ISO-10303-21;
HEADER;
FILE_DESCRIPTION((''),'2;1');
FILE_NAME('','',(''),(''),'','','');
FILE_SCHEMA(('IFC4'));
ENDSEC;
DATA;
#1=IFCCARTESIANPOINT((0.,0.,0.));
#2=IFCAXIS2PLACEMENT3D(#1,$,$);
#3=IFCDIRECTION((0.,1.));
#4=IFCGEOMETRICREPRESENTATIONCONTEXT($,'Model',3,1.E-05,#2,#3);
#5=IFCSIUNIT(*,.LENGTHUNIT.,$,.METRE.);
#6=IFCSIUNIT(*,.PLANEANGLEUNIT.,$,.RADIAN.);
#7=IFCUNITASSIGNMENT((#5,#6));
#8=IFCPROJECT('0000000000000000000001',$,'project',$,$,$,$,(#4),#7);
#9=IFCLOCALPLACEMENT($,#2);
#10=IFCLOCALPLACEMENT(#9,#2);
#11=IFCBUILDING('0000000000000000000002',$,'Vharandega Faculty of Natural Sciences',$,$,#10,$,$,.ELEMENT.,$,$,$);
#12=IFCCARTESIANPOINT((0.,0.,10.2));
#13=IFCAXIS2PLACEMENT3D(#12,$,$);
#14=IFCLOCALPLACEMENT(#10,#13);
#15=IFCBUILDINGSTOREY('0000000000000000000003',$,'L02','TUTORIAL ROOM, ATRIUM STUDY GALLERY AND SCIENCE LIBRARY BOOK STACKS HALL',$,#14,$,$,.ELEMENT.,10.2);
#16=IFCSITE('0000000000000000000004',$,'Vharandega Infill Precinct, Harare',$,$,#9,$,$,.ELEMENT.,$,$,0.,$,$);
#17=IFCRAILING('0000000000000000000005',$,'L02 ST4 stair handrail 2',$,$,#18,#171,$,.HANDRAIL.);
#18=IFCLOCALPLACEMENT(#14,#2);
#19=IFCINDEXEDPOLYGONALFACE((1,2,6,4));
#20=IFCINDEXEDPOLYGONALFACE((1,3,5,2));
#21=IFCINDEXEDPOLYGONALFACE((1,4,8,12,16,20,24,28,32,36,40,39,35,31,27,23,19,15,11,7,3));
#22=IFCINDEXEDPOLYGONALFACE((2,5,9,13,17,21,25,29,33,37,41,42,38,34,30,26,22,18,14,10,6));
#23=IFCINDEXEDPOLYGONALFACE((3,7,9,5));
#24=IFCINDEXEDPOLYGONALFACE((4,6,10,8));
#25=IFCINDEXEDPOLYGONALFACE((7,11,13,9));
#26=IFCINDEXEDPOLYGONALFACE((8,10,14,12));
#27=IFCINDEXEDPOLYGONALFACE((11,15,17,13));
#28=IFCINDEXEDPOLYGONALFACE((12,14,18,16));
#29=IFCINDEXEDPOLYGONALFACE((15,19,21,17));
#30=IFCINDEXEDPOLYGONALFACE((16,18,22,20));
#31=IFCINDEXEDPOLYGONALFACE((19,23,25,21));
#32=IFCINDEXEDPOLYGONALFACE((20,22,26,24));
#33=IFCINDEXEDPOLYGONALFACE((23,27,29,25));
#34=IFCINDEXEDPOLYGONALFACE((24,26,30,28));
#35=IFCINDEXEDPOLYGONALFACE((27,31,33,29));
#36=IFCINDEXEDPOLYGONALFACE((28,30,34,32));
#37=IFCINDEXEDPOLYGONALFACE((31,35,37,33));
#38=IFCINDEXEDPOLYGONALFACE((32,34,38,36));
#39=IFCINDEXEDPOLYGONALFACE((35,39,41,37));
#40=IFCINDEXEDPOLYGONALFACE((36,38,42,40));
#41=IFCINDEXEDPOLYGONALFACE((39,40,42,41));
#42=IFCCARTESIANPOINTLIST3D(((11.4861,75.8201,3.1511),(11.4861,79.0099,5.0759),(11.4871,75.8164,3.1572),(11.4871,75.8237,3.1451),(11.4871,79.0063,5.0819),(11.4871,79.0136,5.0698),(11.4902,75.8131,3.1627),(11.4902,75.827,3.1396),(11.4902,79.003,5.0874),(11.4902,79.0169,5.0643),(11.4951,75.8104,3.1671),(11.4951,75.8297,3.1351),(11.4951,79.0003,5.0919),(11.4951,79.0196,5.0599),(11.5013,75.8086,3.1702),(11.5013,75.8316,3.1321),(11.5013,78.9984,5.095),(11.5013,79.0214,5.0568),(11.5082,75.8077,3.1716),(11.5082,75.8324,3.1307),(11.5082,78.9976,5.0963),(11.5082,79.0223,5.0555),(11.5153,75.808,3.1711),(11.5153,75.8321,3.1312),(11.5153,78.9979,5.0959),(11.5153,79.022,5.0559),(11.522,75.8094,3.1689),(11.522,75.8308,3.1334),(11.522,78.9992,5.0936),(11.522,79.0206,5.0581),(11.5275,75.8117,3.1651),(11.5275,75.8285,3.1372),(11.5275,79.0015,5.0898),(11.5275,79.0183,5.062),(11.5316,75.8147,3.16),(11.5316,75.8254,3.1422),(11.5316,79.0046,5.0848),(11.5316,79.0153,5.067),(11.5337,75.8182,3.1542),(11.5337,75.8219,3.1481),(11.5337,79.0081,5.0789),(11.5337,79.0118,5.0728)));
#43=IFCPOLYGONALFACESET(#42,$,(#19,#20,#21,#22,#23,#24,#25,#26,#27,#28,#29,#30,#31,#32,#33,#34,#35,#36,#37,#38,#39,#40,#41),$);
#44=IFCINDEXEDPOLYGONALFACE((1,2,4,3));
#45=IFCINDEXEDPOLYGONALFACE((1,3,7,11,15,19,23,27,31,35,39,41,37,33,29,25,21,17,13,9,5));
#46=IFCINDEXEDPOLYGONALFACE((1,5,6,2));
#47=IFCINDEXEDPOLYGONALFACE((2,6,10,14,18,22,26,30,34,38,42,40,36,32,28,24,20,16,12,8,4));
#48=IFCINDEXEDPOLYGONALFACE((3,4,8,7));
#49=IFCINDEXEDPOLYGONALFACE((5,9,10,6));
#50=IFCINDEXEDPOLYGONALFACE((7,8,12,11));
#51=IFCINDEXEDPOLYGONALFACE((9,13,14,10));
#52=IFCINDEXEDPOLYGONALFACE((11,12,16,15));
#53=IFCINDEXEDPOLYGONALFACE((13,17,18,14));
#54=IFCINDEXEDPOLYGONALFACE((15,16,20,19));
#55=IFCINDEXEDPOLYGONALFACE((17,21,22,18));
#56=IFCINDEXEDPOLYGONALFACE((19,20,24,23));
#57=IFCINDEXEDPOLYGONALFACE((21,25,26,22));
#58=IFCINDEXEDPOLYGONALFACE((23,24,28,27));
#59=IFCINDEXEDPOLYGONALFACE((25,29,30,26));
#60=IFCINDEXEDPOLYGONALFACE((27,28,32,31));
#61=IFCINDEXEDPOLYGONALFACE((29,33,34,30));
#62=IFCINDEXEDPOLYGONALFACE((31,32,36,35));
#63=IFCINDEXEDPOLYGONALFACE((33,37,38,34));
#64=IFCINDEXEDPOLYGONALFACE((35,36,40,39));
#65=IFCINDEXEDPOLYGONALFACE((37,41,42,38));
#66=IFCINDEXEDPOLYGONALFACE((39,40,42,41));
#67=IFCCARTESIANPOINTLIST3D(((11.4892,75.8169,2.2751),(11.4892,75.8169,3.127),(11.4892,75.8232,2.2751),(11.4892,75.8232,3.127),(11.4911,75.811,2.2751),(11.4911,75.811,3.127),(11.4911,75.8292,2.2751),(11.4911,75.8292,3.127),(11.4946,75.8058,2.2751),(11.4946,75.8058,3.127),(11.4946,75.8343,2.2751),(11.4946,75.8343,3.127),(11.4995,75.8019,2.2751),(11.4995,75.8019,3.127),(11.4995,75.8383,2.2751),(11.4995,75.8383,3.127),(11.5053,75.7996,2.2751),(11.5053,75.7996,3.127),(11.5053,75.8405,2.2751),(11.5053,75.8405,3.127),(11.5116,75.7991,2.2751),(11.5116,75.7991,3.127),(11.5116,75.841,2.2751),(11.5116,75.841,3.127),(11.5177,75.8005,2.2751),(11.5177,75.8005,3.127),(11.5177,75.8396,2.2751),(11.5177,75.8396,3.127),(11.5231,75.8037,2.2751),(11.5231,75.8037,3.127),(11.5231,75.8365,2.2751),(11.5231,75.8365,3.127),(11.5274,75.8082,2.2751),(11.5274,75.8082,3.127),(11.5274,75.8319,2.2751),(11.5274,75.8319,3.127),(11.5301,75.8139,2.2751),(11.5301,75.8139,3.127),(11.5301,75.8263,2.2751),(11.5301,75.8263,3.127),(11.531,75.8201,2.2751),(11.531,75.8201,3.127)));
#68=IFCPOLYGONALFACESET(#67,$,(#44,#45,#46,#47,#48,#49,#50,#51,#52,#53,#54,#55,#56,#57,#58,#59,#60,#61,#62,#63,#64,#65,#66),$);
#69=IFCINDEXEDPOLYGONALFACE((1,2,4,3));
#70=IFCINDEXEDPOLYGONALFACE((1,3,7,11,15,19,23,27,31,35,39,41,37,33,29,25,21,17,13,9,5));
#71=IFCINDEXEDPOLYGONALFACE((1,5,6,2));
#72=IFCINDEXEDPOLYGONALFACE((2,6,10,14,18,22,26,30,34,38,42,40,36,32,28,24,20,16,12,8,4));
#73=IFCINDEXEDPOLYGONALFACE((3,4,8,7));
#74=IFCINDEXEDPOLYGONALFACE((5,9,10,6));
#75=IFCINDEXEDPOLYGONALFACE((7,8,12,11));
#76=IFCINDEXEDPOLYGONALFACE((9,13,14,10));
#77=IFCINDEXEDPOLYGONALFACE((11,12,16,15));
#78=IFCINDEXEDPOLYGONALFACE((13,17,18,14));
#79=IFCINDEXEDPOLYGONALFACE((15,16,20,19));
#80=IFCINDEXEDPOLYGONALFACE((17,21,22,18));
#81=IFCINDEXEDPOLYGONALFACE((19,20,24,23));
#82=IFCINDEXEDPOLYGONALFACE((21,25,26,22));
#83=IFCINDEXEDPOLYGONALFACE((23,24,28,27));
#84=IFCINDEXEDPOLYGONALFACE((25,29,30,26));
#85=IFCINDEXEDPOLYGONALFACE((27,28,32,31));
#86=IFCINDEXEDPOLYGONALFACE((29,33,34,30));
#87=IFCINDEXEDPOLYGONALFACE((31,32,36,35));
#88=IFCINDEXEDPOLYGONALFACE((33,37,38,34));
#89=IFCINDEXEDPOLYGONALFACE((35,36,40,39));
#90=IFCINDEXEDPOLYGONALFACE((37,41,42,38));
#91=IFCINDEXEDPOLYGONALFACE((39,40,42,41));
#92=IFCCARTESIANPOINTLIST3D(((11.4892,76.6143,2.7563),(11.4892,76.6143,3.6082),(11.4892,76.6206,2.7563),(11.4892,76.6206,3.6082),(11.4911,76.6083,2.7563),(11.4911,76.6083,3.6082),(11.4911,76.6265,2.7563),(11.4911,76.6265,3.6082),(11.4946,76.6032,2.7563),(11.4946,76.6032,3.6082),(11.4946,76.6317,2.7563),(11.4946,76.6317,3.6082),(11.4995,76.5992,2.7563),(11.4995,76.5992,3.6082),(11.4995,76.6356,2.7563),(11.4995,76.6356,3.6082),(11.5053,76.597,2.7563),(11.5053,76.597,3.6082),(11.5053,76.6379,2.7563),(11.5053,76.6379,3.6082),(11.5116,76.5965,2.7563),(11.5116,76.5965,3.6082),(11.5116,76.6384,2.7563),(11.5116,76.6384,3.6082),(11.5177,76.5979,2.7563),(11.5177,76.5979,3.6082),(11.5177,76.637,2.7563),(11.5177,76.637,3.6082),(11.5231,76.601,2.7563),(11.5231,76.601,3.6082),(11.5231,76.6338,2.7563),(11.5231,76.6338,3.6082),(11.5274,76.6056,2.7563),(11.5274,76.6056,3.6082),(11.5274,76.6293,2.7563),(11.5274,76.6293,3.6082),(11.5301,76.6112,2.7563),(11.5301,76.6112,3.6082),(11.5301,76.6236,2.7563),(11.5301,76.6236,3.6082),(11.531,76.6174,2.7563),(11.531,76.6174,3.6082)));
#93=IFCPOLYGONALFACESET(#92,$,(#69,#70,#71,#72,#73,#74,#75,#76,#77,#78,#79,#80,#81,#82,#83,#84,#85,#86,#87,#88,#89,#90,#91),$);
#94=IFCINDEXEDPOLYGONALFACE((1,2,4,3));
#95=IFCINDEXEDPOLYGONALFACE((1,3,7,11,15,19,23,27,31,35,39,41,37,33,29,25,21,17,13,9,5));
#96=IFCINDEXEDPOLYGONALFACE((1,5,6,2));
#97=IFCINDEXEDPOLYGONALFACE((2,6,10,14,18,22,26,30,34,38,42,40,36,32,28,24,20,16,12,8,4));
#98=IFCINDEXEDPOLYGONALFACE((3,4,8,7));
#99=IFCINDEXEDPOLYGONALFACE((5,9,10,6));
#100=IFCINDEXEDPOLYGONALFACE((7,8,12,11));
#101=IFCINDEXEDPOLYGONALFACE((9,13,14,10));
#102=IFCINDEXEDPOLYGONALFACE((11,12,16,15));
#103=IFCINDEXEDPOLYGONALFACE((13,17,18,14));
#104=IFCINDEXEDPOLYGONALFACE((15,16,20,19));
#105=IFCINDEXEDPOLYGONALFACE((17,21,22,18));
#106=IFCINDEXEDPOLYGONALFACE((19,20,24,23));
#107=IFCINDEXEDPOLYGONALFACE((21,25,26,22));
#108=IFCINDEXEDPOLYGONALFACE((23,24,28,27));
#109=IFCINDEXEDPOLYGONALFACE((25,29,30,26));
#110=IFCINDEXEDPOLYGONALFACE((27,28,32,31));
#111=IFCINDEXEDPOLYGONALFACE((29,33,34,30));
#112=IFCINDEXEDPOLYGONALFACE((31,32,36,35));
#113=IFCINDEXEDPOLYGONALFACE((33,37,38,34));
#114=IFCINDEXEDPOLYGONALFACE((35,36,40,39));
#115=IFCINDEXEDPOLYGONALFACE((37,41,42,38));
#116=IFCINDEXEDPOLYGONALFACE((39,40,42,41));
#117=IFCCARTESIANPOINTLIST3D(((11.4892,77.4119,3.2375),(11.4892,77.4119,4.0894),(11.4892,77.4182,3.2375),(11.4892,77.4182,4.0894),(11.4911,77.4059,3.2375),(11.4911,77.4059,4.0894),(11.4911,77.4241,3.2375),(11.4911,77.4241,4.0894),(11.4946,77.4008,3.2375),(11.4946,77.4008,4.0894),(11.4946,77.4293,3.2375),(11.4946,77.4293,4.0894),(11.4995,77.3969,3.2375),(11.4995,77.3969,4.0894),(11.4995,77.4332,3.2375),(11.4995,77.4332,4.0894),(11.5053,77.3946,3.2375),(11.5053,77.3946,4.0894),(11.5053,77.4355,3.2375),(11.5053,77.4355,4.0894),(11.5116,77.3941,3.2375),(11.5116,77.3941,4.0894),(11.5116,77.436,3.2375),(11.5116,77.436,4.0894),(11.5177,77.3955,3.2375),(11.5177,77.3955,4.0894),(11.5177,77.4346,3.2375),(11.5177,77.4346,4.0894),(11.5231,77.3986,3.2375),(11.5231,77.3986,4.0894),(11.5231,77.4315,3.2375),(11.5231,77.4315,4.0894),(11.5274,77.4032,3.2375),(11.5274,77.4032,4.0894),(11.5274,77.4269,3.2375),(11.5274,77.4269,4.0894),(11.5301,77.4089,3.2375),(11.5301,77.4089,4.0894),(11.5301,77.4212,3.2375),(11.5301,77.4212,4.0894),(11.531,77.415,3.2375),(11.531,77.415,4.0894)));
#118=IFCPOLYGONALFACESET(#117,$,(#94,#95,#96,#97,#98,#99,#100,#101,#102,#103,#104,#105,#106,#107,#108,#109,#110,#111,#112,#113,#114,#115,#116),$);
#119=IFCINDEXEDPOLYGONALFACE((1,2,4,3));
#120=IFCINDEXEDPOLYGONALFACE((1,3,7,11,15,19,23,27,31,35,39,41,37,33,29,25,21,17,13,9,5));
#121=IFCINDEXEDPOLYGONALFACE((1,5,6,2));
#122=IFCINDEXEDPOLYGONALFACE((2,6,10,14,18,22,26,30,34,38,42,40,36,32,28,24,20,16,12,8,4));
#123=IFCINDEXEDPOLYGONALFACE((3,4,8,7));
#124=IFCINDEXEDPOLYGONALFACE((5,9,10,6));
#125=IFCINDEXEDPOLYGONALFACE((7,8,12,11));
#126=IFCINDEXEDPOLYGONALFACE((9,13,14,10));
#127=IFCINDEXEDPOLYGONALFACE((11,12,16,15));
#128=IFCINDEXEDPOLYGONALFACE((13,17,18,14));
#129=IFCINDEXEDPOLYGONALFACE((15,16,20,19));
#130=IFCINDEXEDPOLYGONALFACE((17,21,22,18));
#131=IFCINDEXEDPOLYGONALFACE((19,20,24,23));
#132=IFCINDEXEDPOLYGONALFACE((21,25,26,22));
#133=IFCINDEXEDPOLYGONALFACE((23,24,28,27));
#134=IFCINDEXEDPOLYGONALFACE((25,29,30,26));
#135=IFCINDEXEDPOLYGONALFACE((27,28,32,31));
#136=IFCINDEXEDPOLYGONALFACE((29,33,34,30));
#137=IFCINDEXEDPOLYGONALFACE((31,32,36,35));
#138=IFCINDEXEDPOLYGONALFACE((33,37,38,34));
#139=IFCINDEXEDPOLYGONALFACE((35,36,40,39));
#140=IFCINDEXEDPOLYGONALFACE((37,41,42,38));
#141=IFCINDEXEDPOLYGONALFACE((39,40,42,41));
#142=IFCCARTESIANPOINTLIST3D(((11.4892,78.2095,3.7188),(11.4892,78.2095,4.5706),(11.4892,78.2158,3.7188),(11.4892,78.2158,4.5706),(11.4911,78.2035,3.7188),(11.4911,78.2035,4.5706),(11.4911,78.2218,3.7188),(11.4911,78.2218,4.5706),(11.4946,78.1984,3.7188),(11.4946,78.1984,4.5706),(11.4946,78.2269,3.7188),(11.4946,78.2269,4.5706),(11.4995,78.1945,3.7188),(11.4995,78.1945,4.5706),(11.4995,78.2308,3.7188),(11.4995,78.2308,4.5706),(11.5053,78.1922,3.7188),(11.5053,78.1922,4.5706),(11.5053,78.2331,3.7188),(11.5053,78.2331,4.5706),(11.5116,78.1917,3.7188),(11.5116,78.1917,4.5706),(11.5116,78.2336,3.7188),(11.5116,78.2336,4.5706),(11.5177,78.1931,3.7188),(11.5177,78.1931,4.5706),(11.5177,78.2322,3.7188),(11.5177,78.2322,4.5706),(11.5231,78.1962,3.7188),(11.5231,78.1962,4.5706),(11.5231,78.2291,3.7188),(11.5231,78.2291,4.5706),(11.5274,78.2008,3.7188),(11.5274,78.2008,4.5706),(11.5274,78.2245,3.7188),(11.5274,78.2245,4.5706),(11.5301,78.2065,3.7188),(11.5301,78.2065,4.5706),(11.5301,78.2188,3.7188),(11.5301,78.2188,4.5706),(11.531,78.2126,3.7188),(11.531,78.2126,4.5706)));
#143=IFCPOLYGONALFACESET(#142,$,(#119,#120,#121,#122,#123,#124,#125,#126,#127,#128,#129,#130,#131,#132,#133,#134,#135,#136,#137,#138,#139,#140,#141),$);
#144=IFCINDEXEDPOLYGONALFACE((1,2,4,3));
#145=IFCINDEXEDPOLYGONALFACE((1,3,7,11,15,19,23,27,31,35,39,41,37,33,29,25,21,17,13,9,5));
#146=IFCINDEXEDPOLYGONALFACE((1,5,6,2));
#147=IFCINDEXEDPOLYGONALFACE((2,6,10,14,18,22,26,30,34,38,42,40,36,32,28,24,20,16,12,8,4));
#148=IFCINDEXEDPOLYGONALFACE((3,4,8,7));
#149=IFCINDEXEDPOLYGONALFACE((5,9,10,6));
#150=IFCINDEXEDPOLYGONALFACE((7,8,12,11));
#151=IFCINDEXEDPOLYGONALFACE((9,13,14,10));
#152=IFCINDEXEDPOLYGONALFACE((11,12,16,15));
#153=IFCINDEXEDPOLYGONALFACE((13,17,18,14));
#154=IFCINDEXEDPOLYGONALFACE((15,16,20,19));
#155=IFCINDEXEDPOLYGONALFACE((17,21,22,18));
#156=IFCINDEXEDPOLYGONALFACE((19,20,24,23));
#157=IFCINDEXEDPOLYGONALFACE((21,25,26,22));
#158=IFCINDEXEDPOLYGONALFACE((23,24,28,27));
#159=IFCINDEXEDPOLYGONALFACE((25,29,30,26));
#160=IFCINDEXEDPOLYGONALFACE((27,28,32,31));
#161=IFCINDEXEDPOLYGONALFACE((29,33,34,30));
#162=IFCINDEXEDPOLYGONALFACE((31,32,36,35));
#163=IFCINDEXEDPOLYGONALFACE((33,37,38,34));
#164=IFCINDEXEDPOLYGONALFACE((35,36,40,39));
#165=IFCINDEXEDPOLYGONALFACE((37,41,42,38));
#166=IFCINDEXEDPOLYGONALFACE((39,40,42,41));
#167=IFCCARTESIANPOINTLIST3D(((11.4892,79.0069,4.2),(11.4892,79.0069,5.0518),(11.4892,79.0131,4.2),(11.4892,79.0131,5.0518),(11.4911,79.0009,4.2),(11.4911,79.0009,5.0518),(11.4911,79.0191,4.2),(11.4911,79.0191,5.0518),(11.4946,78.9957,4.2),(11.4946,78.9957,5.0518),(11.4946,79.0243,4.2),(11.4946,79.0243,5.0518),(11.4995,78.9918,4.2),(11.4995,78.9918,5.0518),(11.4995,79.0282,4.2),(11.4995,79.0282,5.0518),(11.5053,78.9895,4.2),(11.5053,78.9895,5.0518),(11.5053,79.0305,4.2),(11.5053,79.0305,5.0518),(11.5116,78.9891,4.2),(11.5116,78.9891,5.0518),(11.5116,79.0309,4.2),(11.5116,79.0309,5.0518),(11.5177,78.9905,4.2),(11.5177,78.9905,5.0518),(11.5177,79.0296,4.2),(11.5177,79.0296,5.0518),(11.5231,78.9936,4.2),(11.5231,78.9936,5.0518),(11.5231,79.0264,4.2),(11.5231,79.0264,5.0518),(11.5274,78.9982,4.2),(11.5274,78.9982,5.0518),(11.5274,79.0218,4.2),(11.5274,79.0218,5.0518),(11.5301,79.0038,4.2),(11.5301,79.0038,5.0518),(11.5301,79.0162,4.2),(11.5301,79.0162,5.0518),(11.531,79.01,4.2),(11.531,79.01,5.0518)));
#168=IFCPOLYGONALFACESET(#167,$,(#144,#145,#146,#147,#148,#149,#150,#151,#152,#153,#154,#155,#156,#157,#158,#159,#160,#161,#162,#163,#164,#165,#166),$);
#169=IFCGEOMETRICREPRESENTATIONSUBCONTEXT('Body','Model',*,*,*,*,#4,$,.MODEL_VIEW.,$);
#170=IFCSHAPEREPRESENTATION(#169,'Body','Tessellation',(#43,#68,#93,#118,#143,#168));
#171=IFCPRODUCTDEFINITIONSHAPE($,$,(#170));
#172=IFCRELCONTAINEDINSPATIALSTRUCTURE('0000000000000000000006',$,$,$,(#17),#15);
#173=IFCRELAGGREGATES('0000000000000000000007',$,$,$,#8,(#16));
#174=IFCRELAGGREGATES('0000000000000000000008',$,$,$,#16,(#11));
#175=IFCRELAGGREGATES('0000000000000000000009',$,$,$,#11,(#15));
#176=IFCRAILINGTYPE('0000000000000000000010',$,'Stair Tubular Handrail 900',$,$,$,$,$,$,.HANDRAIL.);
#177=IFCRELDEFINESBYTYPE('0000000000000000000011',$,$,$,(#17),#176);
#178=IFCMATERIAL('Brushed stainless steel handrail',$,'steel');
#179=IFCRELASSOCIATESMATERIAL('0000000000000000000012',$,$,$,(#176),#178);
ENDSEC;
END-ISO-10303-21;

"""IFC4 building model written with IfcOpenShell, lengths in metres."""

from ifc_helpers import new_model, si_unit, direction, frame, origin, origin_2d, place, context, subcontext, project, spatial, circle, extrude, material, type_object, element, save


model = new_model("IFC4")

# Units and contexts
model_context = context("Model", 3, precision=1e-05, world=origin(), true_north=direction((0.0, 1.0)))
body_context = subcontext(model_context, "Body", "Model", "MODEL_VIEW")
ifc_project = project(units=[si_unit("LENGTHUNIT", "METRE"), si_unit("PLANEANGLEUNIT", "RADIAN")], contexts=[model_context])

# Site, building, storey
site_placement = place(None, origin())
site = spatial("IfcSite", under=ifc_project, at=site_placement, Name="Vharandega Infill Precinct, Harare", CompositionType="ELEMENT", RefElevation=0.0)
building_placement = place(site_placement, origin())
building = spatial("IfcBuilding", under=site, at=building_placement, Name="Vharandega Faculty of Natural Sciences", CompositionType="ELEMENT")
storey_placement = place(building_placement, frame((0.0, 0.0, 10.2)))
storey = spatial("IfcBuildingStorey", under=building, at=storey_placement, Name="L02", Description="TUTORIAL ROOM, ATRIUM STUDY GALLERY AND SCIENCE LIBRARY BOOK STACKS HALL", CompositionType="ELEMENT", Elevation=10.2)

# Railing
ifc_material_1 = material(Name="Brushed stainless steel handrail", Category="steel")
railing_type_1 = type_object("IfcRailingType", Name="Stair Tubular Handrail 900", PredefinedType="HANDRAIL", material=ifc_material_1)
railing_1_placement = place(storey_placement, frame((11.51, 75.8201, 2.2751)))
element("IfcRailing", 1, at=railing_1_placement, inside=storey, type_object=railing_type_1, Name="L02 ST4 stair handrail 2", PredefinedType="HANDRAIL", context=body_context, shape_type="SweptSolid", body=[
    extrude(circle(Radius=0.0239, at=origin_2d()), frame((0.0, 0.0, 0.876), z_axis=(0.0, 0.856207, 0.516633), x_axis=(-1.0, 0.0, 0.0)), (0.0, 0.0, 1.0), 3.7256),
    extrude(circle(Radius=0.021, at=origin_2d()), origin(), (0.0, 0.0, 1.0), 0.8518),
    extrude(circle(Radius=0.021, at=origin_2d()), frame((0.0, 0.7974, 0.4812)), (0.0, 0.0, 1.0), 0.8518),
    extrude(circle(Radius=0.021, at=origin_2d()), frame((0.0, 1.595, 0.9624)), (0.0, 0.0, 1.0), 0.8518),
    extrude(circle(Radius=0.021, at=origin_2d()), frame((0.0, 2.3926, 1.4436)), (0.0, 0.0, 1.0), 0.8518),
    extrude(circle(Radius=0.021, at=origin_2d()), frame((0.0, 3.1899, 1.9248)), (0.0, 0.0, 1.0), 0.8518),
])

save(model, "model.ifc")
